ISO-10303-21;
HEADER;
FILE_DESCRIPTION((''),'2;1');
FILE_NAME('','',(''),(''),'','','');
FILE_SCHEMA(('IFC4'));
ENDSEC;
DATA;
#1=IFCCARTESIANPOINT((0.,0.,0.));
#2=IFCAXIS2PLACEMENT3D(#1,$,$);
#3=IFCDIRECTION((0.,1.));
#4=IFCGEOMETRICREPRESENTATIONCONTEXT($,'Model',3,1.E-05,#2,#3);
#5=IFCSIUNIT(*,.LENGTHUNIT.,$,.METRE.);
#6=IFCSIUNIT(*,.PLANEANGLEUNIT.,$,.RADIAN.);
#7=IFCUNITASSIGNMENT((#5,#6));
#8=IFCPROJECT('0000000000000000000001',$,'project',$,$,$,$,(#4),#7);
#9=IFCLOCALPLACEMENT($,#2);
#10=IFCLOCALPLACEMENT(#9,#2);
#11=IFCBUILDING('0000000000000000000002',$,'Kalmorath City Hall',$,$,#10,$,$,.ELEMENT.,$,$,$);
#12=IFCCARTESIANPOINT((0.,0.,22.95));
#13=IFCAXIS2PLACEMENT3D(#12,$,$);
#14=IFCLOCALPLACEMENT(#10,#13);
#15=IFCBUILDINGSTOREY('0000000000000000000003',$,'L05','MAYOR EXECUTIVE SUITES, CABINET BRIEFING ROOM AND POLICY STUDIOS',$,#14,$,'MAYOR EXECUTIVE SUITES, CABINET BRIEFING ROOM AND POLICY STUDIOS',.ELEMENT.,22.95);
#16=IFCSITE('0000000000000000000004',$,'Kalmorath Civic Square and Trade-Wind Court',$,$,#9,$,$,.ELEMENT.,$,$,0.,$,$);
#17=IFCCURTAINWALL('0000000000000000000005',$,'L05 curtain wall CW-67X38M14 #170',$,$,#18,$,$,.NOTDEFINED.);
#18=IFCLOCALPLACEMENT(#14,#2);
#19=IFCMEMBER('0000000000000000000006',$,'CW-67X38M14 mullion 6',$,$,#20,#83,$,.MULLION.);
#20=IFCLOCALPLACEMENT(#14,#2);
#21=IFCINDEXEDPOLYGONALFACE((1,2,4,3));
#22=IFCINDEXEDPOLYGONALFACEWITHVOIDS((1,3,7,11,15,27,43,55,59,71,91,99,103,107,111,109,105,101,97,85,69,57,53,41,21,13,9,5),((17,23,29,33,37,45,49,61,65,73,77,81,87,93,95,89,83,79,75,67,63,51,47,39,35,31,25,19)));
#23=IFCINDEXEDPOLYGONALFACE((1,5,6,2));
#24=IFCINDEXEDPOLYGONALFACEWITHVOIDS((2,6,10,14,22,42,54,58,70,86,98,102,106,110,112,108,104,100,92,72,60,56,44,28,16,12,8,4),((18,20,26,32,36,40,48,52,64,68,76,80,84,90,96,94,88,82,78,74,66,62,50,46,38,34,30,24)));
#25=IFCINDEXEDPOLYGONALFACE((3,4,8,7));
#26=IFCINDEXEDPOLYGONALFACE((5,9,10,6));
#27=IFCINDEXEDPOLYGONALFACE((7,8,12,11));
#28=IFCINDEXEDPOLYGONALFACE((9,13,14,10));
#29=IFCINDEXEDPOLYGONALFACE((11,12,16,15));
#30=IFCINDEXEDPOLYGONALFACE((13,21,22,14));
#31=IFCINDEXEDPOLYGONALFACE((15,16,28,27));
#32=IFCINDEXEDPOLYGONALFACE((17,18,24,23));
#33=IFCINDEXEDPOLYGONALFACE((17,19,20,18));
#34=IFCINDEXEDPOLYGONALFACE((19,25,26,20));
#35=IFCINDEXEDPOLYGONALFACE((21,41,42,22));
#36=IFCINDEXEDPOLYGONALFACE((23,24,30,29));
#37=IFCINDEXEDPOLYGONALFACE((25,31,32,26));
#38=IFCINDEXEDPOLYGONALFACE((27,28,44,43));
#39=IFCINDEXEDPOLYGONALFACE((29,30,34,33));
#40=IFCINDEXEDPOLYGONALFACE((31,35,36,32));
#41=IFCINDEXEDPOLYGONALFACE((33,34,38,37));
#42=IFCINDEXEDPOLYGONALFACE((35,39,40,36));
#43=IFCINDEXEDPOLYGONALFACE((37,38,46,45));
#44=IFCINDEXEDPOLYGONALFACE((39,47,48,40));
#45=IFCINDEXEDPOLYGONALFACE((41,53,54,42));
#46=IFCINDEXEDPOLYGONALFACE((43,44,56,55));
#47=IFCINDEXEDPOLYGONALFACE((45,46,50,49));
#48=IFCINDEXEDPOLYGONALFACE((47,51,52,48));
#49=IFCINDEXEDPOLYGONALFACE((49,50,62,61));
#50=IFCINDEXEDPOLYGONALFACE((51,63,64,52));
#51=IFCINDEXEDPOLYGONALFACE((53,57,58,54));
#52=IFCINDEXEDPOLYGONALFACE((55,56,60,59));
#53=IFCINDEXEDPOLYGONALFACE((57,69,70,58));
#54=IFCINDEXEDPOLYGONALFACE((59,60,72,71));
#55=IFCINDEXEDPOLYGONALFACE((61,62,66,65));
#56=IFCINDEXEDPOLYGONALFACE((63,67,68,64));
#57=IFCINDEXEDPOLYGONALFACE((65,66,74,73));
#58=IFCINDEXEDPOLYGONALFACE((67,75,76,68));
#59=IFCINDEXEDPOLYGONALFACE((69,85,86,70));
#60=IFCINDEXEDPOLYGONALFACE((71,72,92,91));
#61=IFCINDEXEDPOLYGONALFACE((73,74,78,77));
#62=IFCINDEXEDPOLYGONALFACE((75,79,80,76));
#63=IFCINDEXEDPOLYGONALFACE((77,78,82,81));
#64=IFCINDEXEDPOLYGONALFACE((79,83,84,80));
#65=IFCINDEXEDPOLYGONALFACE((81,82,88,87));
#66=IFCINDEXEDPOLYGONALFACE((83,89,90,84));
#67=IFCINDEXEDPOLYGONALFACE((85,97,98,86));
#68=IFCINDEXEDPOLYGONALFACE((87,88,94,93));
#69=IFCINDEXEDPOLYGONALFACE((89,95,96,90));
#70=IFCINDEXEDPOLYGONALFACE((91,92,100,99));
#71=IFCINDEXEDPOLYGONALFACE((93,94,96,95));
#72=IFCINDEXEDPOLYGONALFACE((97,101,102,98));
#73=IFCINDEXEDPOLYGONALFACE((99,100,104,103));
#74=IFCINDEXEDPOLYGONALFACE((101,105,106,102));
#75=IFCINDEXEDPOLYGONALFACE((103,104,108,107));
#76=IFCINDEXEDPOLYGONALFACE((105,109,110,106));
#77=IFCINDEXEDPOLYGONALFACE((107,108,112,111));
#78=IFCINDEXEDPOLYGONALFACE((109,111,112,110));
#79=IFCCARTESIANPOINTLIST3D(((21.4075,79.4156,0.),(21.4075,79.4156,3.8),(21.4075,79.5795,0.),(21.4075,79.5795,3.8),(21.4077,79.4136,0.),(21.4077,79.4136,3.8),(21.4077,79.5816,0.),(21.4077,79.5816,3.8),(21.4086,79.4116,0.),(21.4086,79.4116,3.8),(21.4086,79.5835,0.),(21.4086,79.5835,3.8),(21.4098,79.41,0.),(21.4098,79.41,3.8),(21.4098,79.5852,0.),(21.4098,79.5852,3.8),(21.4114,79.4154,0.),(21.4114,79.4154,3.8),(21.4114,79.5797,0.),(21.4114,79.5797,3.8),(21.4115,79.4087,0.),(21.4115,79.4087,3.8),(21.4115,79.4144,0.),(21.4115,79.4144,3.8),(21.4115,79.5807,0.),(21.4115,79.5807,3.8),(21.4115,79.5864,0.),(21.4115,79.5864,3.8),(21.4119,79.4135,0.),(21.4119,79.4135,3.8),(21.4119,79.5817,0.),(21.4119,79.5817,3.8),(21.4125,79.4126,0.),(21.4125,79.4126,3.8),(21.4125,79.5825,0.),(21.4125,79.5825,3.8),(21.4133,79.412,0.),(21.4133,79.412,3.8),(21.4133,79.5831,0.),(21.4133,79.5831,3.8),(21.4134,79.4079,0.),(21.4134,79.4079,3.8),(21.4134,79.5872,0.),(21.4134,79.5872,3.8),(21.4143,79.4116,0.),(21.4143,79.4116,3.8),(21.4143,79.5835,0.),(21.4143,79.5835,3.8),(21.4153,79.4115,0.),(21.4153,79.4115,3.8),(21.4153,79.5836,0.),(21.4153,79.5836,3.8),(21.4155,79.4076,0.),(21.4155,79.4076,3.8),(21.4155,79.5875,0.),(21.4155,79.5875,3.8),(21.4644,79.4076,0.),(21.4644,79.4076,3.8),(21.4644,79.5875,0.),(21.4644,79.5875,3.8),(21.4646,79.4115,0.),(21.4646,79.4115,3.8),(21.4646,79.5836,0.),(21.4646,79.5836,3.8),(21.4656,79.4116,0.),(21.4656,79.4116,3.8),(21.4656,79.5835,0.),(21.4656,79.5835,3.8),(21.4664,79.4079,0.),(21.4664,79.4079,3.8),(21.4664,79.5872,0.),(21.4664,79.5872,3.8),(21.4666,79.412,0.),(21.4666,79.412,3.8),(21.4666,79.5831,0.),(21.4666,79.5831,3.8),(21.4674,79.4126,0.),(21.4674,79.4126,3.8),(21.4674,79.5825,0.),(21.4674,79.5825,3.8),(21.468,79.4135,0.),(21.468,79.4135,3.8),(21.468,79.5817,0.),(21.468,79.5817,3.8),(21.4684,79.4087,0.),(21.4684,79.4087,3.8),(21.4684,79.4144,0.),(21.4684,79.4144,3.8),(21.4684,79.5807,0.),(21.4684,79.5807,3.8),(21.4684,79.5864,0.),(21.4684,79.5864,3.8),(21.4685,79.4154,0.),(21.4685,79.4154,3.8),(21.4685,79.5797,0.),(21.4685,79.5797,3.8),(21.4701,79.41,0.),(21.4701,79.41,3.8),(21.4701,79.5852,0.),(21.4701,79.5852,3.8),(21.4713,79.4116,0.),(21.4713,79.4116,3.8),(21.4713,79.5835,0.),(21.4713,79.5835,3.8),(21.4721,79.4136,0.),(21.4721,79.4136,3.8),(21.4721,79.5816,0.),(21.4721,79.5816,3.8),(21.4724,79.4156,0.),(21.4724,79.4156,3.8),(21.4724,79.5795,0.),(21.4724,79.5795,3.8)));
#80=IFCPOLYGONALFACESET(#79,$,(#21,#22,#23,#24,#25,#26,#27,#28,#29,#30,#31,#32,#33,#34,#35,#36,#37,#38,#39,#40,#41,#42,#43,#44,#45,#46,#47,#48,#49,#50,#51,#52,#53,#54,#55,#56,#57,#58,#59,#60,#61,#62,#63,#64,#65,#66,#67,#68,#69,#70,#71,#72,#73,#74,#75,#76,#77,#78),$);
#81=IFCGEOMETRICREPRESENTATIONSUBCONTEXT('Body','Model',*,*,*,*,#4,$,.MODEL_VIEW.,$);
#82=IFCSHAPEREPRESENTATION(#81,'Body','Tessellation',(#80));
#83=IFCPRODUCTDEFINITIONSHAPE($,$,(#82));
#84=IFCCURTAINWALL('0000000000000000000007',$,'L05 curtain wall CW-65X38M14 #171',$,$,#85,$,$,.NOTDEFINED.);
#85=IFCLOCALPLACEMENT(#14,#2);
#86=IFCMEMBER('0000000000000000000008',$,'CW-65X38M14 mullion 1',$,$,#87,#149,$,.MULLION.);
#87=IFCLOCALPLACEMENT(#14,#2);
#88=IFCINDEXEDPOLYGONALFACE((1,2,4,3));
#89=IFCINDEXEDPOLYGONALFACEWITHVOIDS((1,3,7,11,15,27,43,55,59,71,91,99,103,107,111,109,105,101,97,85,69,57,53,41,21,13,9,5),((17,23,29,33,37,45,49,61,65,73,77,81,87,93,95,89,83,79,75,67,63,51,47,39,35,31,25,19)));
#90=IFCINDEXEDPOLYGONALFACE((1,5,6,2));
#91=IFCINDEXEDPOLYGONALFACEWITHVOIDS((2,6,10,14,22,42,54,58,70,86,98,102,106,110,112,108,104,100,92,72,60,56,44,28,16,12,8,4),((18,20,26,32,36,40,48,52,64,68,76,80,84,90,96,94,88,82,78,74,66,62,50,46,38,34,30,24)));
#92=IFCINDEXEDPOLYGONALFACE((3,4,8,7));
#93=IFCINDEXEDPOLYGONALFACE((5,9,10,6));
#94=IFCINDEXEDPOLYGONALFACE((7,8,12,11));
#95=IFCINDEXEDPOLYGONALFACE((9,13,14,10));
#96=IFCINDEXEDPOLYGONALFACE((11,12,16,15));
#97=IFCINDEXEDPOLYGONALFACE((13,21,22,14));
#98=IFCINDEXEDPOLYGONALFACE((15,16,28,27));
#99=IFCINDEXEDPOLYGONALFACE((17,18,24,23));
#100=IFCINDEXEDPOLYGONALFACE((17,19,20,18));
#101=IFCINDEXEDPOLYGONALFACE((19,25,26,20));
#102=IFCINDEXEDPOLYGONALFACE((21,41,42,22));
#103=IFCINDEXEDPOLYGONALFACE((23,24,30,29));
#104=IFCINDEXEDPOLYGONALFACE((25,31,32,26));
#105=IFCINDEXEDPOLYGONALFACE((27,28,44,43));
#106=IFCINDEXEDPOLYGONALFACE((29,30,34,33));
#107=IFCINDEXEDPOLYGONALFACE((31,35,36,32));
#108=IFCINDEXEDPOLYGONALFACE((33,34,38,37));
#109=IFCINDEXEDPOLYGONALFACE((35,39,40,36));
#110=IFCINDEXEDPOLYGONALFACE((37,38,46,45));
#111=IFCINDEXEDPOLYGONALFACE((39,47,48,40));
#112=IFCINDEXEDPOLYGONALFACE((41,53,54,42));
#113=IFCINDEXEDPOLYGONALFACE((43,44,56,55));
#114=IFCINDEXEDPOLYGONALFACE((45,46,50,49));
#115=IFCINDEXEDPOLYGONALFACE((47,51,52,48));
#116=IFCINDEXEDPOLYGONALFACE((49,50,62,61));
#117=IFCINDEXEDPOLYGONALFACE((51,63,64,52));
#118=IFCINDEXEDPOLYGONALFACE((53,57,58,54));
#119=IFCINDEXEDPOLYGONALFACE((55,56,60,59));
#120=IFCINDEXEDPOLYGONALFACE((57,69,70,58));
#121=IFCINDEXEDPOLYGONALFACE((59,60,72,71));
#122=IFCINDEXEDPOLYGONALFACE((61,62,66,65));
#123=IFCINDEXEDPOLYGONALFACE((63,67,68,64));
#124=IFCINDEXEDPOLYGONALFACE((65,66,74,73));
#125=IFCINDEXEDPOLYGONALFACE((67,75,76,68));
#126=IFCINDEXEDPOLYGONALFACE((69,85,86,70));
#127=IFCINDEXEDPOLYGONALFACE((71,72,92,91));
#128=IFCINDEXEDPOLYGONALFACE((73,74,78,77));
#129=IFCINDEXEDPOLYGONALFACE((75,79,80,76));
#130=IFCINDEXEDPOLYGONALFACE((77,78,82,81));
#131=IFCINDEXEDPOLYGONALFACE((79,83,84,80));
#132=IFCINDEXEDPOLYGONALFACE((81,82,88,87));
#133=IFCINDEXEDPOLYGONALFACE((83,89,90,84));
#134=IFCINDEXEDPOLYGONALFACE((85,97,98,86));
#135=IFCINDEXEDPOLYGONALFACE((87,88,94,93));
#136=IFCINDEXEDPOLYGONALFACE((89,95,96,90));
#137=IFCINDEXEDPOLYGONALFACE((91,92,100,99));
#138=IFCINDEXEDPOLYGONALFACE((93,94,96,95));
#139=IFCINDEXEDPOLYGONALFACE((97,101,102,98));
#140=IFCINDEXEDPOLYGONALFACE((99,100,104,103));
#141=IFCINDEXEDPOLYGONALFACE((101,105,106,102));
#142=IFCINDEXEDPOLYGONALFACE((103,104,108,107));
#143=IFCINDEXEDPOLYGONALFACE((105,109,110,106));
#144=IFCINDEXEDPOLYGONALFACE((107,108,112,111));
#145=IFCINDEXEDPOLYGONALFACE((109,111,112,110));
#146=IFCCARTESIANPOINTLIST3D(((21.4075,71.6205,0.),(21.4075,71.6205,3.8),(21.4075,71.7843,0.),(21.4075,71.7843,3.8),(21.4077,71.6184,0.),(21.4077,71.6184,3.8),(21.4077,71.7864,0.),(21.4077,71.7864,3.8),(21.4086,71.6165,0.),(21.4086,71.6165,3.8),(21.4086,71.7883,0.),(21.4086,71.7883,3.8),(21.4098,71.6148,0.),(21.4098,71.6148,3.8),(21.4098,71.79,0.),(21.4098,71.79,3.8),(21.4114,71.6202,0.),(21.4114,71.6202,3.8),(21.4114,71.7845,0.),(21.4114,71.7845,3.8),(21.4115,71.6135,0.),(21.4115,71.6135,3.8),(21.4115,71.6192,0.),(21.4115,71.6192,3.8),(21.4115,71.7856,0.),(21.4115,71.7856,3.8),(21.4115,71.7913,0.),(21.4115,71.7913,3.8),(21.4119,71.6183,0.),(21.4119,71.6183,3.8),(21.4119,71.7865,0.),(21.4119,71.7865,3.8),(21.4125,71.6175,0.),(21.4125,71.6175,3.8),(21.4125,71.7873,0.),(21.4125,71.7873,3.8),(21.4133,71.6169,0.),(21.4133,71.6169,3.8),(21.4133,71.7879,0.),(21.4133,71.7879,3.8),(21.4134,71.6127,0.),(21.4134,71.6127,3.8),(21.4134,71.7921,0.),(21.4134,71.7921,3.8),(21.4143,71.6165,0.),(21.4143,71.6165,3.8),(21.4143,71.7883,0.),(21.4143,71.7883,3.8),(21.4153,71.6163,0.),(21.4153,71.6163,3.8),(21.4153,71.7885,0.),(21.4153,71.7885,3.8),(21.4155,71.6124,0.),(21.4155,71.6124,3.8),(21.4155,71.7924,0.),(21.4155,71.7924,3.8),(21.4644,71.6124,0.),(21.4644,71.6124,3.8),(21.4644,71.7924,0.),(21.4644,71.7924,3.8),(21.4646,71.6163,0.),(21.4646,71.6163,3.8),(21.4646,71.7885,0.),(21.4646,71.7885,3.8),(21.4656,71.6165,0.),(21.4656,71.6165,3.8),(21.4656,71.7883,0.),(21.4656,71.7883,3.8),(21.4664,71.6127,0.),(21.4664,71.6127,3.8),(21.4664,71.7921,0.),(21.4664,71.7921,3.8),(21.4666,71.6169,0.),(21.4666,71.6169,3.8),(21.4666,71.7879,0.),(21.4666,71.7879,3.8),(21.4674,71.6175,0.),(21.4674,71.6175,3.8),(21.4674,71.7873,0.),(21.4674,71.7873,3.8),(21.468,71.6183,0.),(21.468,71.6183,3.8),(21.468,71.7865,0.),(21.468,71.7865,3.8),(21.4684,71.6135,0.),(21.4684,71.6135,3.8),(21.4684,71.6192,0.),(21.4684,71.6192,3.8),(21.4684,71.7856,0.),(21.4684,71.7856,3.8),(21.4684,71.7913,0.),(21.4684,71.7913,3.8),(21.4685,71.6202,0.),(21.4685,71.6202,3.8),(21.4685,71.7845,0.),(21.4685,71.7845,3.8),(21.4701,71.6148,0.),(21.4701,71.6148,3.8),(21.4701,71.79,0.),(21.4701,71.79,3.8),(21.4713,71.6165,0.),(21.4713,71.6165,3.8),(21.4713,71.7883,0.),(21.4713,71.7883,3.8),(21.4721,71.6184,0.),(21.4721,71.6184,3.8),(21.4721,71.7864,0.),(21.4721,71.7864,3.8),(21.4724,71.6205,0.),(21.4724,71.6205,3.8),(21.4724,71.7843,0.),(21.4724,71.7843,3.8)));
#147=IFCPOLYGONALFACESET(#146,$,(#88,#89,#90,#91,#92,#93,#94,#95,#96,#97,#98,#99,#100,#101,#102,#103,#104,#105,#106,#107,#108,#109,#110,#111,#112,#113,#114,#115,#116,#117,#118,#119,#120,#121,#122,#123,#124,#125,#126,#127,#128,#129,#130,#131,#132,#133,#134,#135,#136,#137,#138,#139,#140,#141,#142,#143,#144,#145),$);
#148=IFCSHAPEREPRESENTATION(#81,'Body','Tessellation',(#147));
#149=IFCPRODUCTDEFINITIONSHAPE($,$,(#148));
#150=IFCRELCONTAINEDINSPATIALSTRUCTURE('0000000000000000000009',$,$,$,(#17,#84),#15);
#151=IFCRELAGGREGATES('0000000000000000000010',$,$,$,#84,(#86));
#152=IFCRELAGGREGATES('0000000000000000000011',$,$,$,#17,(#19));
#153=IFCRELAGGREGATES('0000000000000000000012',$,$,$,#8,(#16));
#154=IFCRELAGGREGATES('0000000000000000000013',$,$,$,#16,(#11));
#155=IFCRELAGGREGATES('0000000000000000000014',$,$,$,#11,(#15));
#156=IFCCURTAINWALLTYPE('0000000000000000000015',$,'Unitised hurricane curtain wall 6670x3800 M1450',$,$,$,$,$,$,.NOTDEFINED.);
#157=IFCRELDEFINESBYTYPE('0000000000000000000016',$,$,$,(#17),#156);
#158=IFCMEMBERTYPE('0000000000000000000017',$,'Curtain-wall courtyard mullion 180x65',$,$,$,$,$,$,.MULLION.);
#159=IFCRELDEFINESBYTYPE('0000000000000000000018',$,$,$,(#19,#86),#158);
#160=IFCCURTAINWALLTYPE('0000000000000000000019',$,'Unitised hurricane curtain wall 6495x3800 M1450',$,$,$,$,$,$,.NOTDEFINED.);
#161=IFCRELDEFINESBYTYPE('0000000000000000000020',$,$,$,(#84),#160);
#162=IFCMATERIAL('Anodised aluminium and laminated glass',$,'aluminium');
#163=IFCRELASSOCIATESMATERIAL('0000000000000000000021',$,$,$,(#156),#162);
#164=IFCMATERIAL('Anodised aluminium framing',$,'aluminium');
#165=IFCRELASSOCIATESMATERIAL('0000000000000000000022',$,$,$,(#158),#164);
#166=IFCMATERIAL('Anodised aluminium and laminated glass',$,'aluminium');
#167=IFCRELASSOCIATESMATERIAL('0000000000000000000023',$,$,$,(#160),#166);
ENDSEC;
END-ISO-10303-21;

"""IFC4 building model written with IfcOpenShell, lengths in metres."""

from ifc_helpers import new_model, si_unit, direction, frame, origin, origin_2d, place, context, subcontext, project, spatial, hollow_rectangle, extrude, material, material_profile, profile_set, type_object, element, aggregate, save


model = new_model("IFC4")

# Units and contexts
model_context = context("Model", 3, precision=1e-05, world=origin(), true_north=direction((0.0, 1.0)))
body_context = subcontext(model_context, "Body", "Model", "MODEL_VIEW")
ifc_project = project(units=[si_unit("LENGTHUNIT", "METRE"), si_unit("PLANEANGLEUNIT", "RADIAN")], contexts=[model_context])

# Site, building, storey
site_placement = place(None, origin())
site = spatial("IfcSite", under=ifc_project, at=site_placement, Name="Kalmorath Civic Square and Trade-Wind Court", CompositionType="ELEMENT", RefElevation=0.0)
building_placement = place(site_placement, origin())
building = spatial("IfcBuilding", under=site, at=building_placement, Name="Kalmorath City Hall", CompositionType="ELEMENT")
storey_placement = place(building_placement, frame((0.0, 0.0, 22.95)))
storey = spatial("IfcBuildingStorey", under=building, at=storey_placement, Name="L05", Description="MAYOR EXECUTIVE SUITES, CABINET BRIEFING ROOM AND POLICY STUDIOS", LongName="MAYOR EXECUTIVE SUITES, CABINET BRIEFING ROOM AND POLICY STUDIOS", CompositionType="ELEMENT", Elevation=22.95)

# Curtain wall, member
ifc_material_1 = material(Name="Anodised aluminium and laminated glass", Category="aluminium")
curtain_wall_type_1 = type_object("IfcCurtainWallType", Name="Unitised hurricane curtain wall 6670x3800 M1450", PredefinedType="NOTDEFINED", material=ifc_material_1)
curtain_wall_1_placement = place(storey_placement, origin())
curtain_wall_1 = element("IfcCurtainWall", 1, at=curtain_wall_1_placement, inside=storey, type_object=curtain_wall_type_1, Name="L05 curtain wall CW-67X38M14 #170", PredefinedType="NOTDEFINED")
ifc_material_2 = material(Name="Anodised aluminium framing", Category="aluminium")
ifc_material_profile_1 = material_profile(ifc_material_2, hollow_rectangle(XDim=0.0649, YDim=0.1799, WallThickness=0.0039, InnerFilletRadius=0.0039, OuterFilletRadius=0.0081, at=origin_2d()), Name="ALU-MUL-180X65X4")
ifc_profile_set_1 = profile_set([ifc_material_profile_1], Name="Anodised aluminium framing")
member_type_1 = type_object("IfcMemberType", Name="Curtain-wall courtyard mullion 180x65", PredefinedType="MULLION", material=ifc_profile_set_1)
member_1_placement = place(storey_placement, frame((21.4399, 79.4976, 0.0), z_axis=(0.0, 0.0, 1.0), x_axis=(1.0, 0.0, 0.0)))
member_1 = element("IfcMember", 2, at=member_1_placement, type_object=member_type_1, Name="CW-67X38M14 mullion 6", PredefinedType="MULLION", context=body_context, shape_type="SweptSolid", body=[
    extrude(hollow_rectangle(XDim=0.0649, YDim=0.1799, WallThickness=0.0039, InnerFilletRadius=0.0039, OuterFilletRadius=0.0081, at=origin_2d()), origin(), (0.0, 0.0, 1.0), 3.8),
])

# Curtain wall, member
ifc_material_3 = material(Name="Anodised aluminium and laminated glass", Category="aluminium")
curtain_wall_type_2 = type_object("IfcCurtainWallType", Name="Unitised hurricane curtain wall 6495x3800 M1450", PredefinedType="NOTDEFINED", material=ifc_material_3)
curtain_wall_2_placement = place(storey_placement, origin())
curtain_wall_2 = element("IfcCurtainWall", 3, at=curtain_wall_2_placement, inside=storey, type_object=curtain_wall_type_2, Name="L05 curtain wall CW-65X38M14 #171", PredefinedType="NOTDEFINED")
member_2_placement = place(storey_placement, frame((21.4399, 71.7024, 0.0), z_axis=(0.0, 0.0, 1.0), x_axis=(1.0, 0.0, 0.0)))
member_2 = element("IfcMember", 4, at=member_2_placement, type_object=member_type_1, Name="CW-65X38M14 mullion 1", PredefinedType="MULLION", context=body_context, shape_type="SweptSolid", body=[
    extrude(hollow_rectangle(XDim=0.0649, YDim=0.1799, WallThickness=0.0039, InnerFilletRadius=0.0039, OuterFilletRadius=0.0081, at=origin_2d()), origin(), (0.0, 0.0, 1.0), 3.8),
])

aggregate(curtain_wall_2, [member_2])

aggregate(curtain_wall_1, [member_1])

save(model, "model.ifc")
